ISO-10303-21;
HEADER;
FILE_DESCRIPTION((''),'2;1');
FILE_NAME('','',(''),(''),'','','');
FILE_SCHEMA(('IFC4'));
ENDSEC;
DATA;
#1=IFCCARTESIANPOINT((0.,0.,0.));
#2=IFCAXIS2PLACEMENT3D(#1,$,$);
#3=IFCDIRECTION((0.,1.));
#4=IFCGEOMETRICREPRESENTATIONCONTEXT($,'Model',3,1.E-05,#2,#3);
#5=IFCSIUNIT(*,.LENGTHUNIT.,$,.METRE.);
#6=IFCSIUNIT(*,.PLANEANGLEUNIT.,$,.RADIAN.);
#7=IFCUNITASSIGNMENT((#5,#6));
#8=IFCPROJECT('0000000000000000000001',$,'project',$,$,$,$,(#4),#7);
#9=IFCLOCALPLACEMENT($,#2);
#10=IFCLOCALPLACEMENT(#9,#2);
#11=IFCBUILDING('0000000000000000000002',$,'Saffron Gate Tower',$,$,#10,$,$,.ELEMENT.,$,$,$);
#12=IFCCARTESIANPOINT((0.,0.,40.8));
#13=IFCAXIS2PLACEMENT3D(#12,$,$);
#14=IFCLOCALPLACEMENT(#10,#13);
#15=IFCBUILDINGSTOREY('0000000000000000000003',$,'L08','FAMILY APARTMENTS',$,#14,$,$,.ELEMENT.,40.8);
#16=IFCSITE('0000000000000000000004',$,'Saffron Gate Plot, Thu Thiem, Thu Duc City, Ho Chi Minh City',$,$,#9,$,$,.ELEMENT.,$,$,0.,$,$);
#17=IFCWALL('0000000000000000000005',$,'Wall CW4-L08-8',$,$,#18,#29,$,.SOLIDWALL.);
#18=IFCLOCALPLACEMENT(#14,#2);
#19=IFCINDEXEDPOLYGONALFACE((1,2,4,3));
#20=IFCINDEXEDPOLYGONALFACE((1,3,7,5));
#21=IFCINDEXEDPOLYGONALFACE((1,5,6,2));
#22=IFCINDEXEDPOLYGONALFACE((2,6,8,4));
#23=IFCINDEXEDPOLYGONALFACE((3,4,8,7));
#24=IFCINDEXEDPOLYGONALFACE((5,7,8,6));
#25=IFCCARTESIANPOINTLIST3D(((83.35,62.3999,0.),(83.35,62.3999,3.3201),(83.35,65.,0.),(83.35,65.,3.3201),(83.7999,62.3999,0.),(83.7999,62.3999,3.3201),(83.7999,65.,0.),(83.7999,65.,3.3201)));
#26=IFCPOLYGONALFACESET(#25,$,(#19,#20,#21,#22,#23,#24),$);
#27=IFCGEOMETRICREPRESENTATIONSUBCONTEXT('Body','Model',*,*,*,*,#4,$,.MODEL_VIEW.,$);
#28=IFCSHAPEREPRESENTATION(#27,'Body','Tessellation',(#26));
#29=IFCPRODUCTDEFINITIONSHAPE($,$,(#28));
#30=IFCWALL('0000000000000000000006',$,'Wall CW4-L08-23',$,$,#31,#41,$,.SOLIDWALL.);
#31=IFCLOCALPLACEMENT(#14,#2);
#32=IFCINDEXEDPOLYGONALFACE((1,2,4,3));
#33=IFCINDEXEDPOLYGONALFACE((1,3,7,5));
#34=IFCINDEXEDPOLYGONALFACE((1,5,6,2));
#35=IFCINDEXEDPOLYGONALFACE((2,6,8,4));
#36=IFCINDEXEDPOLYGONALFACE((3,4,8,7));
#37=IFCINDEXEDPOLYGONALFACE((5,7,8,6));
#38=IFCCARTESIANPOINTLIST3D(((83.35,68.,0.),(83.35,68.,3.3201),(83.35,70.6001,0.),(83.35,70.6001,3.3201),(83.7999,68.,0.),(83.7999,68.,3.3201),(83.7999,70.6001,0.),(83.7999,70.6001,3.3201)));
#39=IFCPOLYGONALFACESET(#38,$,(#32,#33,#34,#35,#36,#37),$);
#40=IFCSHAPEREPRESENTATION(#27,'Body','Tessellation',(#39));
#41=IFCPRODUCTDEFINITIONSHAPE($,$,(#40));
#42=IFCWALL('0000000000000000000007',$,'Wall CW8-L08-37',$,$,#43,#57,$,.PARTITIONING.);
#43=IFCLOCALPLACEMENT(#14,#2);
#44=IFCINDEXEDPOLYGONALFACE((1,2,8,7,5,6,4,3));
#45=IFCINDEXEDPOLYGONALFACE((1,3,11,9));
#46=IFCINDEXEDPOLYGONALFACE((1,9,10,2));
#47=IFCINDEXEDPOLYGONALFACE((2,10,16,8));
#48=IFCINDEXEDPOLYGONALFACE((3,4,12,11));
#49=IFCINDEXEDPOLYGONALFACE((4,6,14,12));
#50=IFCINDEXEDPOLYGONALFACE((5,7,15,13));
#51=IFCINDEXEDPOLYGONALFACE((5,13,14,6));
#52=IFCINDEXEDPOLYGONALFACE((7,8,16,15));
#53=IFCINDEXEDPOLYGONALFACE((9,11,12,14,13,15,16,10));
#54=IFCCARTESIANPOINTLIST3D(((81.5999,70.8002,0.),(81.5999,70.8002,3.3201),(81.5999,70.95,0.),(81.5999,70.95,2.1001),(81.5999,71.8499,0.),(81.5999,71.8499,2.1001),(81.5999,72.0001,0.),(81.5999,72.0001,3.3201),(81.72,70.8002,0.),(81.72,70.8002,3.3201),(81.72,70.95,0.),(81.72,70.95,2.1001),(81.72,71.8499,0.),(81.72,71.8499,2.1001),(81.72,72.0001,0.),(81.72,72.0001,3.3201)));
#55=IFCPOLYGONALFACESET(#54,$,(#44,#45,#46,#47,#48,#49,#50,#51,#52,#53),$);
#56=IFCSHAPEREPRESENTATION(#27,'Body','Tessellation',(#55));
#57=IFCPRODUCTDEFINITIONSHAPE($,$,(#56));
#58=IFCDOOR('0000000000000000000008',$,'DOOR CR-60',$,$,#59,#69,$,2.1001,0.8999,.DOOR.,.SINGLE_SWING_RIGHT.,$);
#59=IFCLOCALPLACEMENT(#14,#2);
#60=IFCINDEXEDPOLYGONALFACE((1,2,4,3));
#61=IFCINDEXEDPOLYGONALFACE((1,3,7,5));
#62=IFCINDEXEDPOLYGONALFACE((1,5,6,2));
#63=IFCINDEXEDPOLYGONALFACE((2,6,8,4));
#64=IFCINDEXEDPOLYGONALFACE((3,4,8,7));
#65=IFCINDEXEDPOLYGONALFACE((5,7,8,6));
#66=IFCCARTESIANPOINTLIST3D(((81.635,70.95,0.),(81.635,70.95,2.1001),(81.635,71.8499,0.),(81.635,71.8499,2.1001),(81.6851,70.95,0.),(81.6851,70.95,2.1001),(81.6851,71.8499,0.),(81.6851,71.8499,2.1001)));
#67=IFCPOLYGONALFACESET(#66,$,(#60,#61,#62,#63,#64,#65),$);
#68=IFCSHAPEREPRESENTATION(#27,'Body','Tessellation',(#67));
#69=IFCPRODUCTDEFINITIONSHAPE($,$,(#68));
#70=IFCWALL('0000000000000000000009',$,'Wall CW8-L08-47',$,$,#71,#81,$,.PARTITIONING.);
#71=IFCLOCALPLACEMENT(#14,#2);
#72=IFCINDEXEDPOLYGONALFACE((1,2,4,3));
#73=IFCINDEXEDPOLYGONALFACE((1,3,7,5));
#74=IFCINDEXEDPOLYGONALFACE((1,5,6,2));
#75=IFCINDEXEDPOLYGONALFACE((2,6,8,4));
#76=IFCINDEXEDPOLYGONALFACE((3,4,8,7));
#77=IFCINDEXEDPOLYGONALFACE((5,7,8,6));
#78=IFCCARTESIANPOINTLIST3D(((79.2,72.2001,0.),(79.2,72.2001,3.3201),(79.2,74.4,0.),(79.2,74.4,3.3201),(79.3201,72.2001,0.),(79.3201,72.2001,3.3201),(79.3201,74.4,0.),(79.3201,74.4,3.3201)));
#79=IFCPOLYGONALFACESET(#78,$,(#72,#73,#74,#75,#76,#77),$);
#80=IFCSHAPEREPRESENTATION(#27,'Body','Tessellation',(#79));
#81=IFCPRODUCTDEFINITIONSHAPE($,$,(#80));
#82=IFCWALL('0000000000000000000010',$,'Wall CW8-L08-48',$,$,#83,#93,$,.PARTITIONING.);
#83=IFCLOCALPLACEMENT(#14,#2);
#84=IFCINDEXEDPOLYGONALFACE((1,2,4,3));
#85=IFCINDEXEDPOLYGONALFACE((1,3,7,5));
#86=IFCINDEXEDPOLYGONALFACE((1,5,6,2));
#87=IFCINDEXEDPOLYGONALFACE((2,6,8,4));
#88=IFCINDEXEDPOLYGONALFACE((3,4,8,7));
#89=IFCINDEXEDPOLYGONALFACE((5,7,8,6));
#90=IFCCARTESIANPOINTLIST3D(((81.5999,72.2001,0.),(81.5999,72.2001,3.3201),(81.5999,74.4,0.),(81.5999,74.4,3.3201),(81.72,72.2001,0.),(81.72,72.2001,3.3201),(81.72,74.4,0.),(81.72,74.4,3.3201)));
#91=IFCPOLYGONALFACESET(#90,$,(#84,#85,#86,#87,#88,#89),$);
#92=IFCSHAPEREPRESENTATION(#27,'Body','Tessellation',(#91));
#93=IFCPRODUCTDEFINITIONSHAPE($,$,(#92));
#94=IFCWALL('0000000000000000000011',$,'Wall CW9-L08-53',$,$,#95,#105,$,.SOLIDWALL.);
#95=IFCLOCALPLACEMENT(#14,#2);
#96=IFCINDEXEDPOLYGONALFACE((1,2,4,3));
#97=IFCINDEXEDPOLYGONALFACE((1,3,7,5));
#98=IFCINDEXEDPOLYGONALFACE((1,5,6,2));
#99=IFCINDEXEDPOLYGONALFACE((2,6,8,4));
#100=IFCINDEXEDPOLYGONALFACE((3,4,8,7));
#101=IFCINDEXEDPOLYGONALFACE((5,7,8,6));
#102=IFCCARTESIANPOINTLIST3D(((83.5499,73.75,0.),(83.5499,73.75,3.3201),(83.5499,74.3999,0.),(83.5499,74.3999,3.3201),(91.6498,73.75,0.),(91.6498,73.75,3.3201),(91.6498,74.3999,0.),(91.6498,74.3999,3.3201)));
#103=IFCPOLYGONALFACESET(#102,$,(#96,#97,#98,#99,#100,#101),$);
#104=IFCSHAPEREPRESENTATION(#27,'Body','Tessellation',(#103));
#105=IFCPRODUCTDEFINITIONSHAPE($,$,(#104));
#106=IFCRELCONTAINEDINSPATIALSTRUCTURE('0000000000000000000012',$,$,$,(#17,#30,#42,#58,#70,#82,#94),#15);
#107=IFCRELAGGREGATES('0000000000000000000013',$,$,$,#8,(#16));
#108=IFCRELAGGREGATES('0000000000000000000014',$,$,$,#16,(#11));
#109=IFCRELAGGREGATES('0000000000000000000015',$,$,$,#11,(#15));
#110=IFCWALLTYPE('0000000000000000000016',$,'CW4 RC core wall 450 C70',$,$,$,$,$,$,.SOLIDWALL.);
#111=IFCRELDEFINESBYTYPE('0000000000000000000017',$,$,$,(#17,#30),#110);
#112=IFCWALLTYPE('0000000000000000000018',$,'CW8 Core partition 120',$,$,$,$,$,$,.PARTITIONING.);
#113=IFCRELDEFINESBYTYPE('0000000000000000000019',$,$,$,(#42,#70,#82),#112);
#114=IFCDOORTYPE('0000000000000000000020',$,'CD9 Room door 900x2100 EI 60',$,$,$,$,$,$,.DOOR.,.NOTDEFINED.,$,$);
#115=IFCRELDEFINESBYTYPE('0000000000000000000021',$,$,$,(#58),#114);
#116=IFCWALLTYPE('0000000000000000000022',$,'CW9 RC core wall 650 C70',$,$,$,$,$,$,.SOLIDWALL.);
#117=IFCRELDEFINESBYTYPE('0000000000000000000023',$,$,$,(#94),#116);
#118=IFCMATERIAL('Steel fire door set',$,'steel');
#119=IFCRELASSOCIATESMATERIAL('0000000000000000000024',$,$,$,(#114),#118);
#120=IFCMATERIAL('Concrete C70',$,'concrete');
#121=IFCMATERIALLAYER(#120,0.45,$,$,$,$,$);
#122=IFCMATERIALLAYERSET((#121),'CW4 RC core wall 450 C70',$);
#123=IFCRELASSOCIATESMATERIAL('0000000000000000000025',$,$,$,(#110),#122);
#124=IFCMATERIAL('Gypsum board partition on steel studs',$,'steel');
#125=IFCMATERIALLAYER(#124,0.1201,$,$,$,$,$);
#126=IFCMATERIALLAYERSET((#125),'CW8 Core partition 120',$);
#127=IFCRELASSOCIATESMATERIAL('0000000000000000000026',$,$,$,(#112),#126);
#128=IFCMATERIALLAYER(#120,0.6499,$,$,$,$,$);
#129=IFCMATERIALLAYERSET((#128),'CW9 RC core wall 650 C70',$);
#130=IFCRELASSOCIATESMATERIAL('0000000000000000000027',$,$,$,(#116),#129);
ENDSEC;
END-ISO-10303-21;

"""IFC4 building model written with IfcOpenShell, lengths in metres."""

from ifc_helpers import new_model, si_unit, direction, frame, frame_2d, origin, place, context, subcontext, project, spatial, rectangle, extrude, material, layer, layer_set, type_object, element, fill, save


model = new_model("IFC4")

# Units and contexts
model_context = context("Model", 3, precision=1e-05, world=origin(), true_north=direction((0.0, 1.0)))
body_context = subcontext(model_context, "Body", "Model", "MODEL_VIEW")
ifc_project = project(units=[si_unit("LENGTHUNIT", "METRE"), si_unit("PLANEANGLEUNIT", "RADIAN")], contexts=[model_context])

# Site, building, storey
site_placement = place(None, origin())
site = spatial("IfcSite", under=ifc_project, at=site_placement, Name="Saffron Gate Plot, Thu Thiem, Thu Duc City, Ho Chi Minh City", CompositionType="ELEMENT", RefElevation=0.0)
building_placement = place(site_placement, origin())
building = spatial("IfcBuilding", under=site, at=building_placement, Name="Saffron Gate Tower", CompositionType="ELEMENT")
storey_placement = place(building_placement, frame((0.0, 0.0, 40.8)))
storey = spatial("IfcBuildingStorey", under=building, at=storey_placement, Name="L08", Description="FAMILY APARTMENTS", CompositionType="ELEMENT", Elevation=40.8)

# Shared definitions
ifc_material_1 = material(Name="Concrete C70", Category="concrete")
ifc_material_2 = material(Name="Steel fire door set", Category="steel")

# Shared definitions
door_type_1 = type_object("IfcDoorType", Name="CD9 Room door 900x2100 EI 60", OperationType="NOTDEFINED", PredefinedType="DOOR", material=ifc_material_2)

# Walls
ifc_layer_1 = layer(ifc_material_1, 0.45)
ifc_layer_set_1 = layer_set([ifc_layer_1], Name="CW4 RC core wall 450 C70")
wall_type_1 = type_object("IfcWallType", Name="CW4 RC core wall 450 C70", PredefinedType="SOLIDWALL", material=ifc_layer_set_1)
for number, where, z_axis, x_axis, name in (
    (1, (83.575, 62.3999, 0.0), (0.0, 0.0, 1.0), (0.0, 1.0, 0.0), "Wall CW4-L08-8"),
    (2, (83.575, 68.0, 0.0), (0.0, 0.0, 1.0), (0.0, 1.0, 0.0), "Wall CW4-L08-23"),
):
    element("IfcWall", number, at=place(storey_placement, frame(where, z_axis=z_axis, x_axis=x_axis)), inside=storey, type_object=wall_type_1, Name=name, PredefinedType="SOLIDWALL", context=body_context, shape_type="SweptSolid", body=[
        extrude(rectangle(XDim=2.6001, YDim=0.45, at=frame_2d((1.3, 0.0))), origin(), (0.0, 0.0, 1.0), 3.3201),
    ])

# Wall, opening, door
ifc_material_3 = material(Name="Gypsum board partition on steel studs", Category="steel")
ifc_layer_2 = layer(ifc_material_3, 0.1201)
ifc_layer_set_2 = layer_set([ifc_layer_2], Name="CW8 Core partition 120")
wall_type_2 = type_object("IfcWallType", Name="CW8 Core partition 120", PredefinedType="PARTITIONING", material=ifc_layer_set_2)
wall_1_placement = place(storey_placement, frame((81.6599, 70.8, 0.0), z_axis=(0.0, 0.0, 1.0), x_axis=(0.0, 1.0, 0.0)))
wall_1 = element("IfcWall", 3, at=wall_1_placement, inside=storey, type_object=wall_type_2, Name="Wall CW8-L08-37", PredefinedType="PARTITIONING", context=body_context, shape_type="SweptSolid", body=[
    extrude(rectangle(XDim=1.2, YDim=0.1201, at=frame_2d((0.6001, 0.0))), origin(), (0.0, 0.0, 1.0), 3.3201),
])
opening_1_placement = place(wall_1_placement, frame((0.1499, 0.0, 0.0)))
opening_1 = element("IfcOpeningElement", 4, at=opening_1_placement, cuts=wall_1, PredefinedType="OPENING", context=body_context, shape_type="SweptSolid", body=[
    extrude(rectangle(XDim=0.8999, YDim=2.1001, at=frame_2d((0.45, 1.05))), frame((0.0, 0.0701, 0.0), z_axis=(0.0, -1.0, 0.0), x_axis=(1.0, 0.0, 0.0)), (0.0, 0.0, 1.0), 0.1401),
])
door_1_placement = place(opening_1_placement, origin())
door_1 = element("IfcDoor", 5, at=door_1_placement, inside=storey, type_object=door_type_1, Name="DOOR CR-60", OperationType="SINGLE_SWING_RIGHT", OverallHeight=2.1001, OverallWidth=0.8999, PredefinedType="DOOR", context=body_context, shape_type="SweptSolid", body=[
    extrude(rectangle(XDim=0.8999, YDim=2.1001, at=frame_2d((0.45, 1.05))), frame((0.0, 0.0249, 0.0), z_axis=(0.0, -1.0, 0.0), x_axis=(1.0, 0.0, 0.0)), (0.0, 0.0, 1.0), 0.05),
])
fill(opening_1, door_1)

# Walls
for number, where, z_axis, x_axis, name in (
    (6, (79.26, 72.2, 0.0), (0.0, 0.0, 1.0), (0.0, 1.0, 0.0), "Wall CW8-L08-47"),
    (7, (81.6599, 72.2, 0.0), (0.0, 0.0, 1.0), (0.0, 1.0, 0.0), "Wall CW8-L08-48"),
):
    element("IfcWall", number, at=place(storey_placement, frame(where, z_axis=z_axis, x_axis=x_axis)), inside=storey, type_object=wall_type_2, Name=name, PredefinedType="PARTITIONING", context=body_context, shape_type="SweptSolid", body=[
        extrude(rectangle(XDim=2.2, YDim=0.1201, at=frame_2d((1.1001, 0.0))), origin(), (0.0, 0.0, 1.0), 3.3201),
    ])
ifc_layer_3 = layer(ifc_material_1, 0.6499)
ifc_layer_set_3 = layer_set([ifc_layer_3], Name="CW9 RC core wall 650 C70")
wall_type_3 = type_object("IfcWallType", Name="CW9 RC core wall 650 C70", PredefinedType="SOLIDWALL", material=ifc_layer_set_3)
wall_2_placement = place(storey_placement, frame((83.55, 74.075, 0.0), z_axis=(0.0, 0.0, 1.0), x_axis=(1.0, 0.0, 0.0)))
element("IfcWall", 8, at=wall_2_placement, inside=storey, type_object=wall_type_3, Name="Wall CW9-L08-53", PredefinedType="SOLIDWALL", context=body_context, shape_type="SweptSolid", body=[
    extrude(rectangle(XDim=8.0999, YDim=0.6499, at=frame_2d((4.0498, 0.0))), origin(), (0.0, 0.0, 1.0), 3.3201),
])

save(model, "model.ifc")
